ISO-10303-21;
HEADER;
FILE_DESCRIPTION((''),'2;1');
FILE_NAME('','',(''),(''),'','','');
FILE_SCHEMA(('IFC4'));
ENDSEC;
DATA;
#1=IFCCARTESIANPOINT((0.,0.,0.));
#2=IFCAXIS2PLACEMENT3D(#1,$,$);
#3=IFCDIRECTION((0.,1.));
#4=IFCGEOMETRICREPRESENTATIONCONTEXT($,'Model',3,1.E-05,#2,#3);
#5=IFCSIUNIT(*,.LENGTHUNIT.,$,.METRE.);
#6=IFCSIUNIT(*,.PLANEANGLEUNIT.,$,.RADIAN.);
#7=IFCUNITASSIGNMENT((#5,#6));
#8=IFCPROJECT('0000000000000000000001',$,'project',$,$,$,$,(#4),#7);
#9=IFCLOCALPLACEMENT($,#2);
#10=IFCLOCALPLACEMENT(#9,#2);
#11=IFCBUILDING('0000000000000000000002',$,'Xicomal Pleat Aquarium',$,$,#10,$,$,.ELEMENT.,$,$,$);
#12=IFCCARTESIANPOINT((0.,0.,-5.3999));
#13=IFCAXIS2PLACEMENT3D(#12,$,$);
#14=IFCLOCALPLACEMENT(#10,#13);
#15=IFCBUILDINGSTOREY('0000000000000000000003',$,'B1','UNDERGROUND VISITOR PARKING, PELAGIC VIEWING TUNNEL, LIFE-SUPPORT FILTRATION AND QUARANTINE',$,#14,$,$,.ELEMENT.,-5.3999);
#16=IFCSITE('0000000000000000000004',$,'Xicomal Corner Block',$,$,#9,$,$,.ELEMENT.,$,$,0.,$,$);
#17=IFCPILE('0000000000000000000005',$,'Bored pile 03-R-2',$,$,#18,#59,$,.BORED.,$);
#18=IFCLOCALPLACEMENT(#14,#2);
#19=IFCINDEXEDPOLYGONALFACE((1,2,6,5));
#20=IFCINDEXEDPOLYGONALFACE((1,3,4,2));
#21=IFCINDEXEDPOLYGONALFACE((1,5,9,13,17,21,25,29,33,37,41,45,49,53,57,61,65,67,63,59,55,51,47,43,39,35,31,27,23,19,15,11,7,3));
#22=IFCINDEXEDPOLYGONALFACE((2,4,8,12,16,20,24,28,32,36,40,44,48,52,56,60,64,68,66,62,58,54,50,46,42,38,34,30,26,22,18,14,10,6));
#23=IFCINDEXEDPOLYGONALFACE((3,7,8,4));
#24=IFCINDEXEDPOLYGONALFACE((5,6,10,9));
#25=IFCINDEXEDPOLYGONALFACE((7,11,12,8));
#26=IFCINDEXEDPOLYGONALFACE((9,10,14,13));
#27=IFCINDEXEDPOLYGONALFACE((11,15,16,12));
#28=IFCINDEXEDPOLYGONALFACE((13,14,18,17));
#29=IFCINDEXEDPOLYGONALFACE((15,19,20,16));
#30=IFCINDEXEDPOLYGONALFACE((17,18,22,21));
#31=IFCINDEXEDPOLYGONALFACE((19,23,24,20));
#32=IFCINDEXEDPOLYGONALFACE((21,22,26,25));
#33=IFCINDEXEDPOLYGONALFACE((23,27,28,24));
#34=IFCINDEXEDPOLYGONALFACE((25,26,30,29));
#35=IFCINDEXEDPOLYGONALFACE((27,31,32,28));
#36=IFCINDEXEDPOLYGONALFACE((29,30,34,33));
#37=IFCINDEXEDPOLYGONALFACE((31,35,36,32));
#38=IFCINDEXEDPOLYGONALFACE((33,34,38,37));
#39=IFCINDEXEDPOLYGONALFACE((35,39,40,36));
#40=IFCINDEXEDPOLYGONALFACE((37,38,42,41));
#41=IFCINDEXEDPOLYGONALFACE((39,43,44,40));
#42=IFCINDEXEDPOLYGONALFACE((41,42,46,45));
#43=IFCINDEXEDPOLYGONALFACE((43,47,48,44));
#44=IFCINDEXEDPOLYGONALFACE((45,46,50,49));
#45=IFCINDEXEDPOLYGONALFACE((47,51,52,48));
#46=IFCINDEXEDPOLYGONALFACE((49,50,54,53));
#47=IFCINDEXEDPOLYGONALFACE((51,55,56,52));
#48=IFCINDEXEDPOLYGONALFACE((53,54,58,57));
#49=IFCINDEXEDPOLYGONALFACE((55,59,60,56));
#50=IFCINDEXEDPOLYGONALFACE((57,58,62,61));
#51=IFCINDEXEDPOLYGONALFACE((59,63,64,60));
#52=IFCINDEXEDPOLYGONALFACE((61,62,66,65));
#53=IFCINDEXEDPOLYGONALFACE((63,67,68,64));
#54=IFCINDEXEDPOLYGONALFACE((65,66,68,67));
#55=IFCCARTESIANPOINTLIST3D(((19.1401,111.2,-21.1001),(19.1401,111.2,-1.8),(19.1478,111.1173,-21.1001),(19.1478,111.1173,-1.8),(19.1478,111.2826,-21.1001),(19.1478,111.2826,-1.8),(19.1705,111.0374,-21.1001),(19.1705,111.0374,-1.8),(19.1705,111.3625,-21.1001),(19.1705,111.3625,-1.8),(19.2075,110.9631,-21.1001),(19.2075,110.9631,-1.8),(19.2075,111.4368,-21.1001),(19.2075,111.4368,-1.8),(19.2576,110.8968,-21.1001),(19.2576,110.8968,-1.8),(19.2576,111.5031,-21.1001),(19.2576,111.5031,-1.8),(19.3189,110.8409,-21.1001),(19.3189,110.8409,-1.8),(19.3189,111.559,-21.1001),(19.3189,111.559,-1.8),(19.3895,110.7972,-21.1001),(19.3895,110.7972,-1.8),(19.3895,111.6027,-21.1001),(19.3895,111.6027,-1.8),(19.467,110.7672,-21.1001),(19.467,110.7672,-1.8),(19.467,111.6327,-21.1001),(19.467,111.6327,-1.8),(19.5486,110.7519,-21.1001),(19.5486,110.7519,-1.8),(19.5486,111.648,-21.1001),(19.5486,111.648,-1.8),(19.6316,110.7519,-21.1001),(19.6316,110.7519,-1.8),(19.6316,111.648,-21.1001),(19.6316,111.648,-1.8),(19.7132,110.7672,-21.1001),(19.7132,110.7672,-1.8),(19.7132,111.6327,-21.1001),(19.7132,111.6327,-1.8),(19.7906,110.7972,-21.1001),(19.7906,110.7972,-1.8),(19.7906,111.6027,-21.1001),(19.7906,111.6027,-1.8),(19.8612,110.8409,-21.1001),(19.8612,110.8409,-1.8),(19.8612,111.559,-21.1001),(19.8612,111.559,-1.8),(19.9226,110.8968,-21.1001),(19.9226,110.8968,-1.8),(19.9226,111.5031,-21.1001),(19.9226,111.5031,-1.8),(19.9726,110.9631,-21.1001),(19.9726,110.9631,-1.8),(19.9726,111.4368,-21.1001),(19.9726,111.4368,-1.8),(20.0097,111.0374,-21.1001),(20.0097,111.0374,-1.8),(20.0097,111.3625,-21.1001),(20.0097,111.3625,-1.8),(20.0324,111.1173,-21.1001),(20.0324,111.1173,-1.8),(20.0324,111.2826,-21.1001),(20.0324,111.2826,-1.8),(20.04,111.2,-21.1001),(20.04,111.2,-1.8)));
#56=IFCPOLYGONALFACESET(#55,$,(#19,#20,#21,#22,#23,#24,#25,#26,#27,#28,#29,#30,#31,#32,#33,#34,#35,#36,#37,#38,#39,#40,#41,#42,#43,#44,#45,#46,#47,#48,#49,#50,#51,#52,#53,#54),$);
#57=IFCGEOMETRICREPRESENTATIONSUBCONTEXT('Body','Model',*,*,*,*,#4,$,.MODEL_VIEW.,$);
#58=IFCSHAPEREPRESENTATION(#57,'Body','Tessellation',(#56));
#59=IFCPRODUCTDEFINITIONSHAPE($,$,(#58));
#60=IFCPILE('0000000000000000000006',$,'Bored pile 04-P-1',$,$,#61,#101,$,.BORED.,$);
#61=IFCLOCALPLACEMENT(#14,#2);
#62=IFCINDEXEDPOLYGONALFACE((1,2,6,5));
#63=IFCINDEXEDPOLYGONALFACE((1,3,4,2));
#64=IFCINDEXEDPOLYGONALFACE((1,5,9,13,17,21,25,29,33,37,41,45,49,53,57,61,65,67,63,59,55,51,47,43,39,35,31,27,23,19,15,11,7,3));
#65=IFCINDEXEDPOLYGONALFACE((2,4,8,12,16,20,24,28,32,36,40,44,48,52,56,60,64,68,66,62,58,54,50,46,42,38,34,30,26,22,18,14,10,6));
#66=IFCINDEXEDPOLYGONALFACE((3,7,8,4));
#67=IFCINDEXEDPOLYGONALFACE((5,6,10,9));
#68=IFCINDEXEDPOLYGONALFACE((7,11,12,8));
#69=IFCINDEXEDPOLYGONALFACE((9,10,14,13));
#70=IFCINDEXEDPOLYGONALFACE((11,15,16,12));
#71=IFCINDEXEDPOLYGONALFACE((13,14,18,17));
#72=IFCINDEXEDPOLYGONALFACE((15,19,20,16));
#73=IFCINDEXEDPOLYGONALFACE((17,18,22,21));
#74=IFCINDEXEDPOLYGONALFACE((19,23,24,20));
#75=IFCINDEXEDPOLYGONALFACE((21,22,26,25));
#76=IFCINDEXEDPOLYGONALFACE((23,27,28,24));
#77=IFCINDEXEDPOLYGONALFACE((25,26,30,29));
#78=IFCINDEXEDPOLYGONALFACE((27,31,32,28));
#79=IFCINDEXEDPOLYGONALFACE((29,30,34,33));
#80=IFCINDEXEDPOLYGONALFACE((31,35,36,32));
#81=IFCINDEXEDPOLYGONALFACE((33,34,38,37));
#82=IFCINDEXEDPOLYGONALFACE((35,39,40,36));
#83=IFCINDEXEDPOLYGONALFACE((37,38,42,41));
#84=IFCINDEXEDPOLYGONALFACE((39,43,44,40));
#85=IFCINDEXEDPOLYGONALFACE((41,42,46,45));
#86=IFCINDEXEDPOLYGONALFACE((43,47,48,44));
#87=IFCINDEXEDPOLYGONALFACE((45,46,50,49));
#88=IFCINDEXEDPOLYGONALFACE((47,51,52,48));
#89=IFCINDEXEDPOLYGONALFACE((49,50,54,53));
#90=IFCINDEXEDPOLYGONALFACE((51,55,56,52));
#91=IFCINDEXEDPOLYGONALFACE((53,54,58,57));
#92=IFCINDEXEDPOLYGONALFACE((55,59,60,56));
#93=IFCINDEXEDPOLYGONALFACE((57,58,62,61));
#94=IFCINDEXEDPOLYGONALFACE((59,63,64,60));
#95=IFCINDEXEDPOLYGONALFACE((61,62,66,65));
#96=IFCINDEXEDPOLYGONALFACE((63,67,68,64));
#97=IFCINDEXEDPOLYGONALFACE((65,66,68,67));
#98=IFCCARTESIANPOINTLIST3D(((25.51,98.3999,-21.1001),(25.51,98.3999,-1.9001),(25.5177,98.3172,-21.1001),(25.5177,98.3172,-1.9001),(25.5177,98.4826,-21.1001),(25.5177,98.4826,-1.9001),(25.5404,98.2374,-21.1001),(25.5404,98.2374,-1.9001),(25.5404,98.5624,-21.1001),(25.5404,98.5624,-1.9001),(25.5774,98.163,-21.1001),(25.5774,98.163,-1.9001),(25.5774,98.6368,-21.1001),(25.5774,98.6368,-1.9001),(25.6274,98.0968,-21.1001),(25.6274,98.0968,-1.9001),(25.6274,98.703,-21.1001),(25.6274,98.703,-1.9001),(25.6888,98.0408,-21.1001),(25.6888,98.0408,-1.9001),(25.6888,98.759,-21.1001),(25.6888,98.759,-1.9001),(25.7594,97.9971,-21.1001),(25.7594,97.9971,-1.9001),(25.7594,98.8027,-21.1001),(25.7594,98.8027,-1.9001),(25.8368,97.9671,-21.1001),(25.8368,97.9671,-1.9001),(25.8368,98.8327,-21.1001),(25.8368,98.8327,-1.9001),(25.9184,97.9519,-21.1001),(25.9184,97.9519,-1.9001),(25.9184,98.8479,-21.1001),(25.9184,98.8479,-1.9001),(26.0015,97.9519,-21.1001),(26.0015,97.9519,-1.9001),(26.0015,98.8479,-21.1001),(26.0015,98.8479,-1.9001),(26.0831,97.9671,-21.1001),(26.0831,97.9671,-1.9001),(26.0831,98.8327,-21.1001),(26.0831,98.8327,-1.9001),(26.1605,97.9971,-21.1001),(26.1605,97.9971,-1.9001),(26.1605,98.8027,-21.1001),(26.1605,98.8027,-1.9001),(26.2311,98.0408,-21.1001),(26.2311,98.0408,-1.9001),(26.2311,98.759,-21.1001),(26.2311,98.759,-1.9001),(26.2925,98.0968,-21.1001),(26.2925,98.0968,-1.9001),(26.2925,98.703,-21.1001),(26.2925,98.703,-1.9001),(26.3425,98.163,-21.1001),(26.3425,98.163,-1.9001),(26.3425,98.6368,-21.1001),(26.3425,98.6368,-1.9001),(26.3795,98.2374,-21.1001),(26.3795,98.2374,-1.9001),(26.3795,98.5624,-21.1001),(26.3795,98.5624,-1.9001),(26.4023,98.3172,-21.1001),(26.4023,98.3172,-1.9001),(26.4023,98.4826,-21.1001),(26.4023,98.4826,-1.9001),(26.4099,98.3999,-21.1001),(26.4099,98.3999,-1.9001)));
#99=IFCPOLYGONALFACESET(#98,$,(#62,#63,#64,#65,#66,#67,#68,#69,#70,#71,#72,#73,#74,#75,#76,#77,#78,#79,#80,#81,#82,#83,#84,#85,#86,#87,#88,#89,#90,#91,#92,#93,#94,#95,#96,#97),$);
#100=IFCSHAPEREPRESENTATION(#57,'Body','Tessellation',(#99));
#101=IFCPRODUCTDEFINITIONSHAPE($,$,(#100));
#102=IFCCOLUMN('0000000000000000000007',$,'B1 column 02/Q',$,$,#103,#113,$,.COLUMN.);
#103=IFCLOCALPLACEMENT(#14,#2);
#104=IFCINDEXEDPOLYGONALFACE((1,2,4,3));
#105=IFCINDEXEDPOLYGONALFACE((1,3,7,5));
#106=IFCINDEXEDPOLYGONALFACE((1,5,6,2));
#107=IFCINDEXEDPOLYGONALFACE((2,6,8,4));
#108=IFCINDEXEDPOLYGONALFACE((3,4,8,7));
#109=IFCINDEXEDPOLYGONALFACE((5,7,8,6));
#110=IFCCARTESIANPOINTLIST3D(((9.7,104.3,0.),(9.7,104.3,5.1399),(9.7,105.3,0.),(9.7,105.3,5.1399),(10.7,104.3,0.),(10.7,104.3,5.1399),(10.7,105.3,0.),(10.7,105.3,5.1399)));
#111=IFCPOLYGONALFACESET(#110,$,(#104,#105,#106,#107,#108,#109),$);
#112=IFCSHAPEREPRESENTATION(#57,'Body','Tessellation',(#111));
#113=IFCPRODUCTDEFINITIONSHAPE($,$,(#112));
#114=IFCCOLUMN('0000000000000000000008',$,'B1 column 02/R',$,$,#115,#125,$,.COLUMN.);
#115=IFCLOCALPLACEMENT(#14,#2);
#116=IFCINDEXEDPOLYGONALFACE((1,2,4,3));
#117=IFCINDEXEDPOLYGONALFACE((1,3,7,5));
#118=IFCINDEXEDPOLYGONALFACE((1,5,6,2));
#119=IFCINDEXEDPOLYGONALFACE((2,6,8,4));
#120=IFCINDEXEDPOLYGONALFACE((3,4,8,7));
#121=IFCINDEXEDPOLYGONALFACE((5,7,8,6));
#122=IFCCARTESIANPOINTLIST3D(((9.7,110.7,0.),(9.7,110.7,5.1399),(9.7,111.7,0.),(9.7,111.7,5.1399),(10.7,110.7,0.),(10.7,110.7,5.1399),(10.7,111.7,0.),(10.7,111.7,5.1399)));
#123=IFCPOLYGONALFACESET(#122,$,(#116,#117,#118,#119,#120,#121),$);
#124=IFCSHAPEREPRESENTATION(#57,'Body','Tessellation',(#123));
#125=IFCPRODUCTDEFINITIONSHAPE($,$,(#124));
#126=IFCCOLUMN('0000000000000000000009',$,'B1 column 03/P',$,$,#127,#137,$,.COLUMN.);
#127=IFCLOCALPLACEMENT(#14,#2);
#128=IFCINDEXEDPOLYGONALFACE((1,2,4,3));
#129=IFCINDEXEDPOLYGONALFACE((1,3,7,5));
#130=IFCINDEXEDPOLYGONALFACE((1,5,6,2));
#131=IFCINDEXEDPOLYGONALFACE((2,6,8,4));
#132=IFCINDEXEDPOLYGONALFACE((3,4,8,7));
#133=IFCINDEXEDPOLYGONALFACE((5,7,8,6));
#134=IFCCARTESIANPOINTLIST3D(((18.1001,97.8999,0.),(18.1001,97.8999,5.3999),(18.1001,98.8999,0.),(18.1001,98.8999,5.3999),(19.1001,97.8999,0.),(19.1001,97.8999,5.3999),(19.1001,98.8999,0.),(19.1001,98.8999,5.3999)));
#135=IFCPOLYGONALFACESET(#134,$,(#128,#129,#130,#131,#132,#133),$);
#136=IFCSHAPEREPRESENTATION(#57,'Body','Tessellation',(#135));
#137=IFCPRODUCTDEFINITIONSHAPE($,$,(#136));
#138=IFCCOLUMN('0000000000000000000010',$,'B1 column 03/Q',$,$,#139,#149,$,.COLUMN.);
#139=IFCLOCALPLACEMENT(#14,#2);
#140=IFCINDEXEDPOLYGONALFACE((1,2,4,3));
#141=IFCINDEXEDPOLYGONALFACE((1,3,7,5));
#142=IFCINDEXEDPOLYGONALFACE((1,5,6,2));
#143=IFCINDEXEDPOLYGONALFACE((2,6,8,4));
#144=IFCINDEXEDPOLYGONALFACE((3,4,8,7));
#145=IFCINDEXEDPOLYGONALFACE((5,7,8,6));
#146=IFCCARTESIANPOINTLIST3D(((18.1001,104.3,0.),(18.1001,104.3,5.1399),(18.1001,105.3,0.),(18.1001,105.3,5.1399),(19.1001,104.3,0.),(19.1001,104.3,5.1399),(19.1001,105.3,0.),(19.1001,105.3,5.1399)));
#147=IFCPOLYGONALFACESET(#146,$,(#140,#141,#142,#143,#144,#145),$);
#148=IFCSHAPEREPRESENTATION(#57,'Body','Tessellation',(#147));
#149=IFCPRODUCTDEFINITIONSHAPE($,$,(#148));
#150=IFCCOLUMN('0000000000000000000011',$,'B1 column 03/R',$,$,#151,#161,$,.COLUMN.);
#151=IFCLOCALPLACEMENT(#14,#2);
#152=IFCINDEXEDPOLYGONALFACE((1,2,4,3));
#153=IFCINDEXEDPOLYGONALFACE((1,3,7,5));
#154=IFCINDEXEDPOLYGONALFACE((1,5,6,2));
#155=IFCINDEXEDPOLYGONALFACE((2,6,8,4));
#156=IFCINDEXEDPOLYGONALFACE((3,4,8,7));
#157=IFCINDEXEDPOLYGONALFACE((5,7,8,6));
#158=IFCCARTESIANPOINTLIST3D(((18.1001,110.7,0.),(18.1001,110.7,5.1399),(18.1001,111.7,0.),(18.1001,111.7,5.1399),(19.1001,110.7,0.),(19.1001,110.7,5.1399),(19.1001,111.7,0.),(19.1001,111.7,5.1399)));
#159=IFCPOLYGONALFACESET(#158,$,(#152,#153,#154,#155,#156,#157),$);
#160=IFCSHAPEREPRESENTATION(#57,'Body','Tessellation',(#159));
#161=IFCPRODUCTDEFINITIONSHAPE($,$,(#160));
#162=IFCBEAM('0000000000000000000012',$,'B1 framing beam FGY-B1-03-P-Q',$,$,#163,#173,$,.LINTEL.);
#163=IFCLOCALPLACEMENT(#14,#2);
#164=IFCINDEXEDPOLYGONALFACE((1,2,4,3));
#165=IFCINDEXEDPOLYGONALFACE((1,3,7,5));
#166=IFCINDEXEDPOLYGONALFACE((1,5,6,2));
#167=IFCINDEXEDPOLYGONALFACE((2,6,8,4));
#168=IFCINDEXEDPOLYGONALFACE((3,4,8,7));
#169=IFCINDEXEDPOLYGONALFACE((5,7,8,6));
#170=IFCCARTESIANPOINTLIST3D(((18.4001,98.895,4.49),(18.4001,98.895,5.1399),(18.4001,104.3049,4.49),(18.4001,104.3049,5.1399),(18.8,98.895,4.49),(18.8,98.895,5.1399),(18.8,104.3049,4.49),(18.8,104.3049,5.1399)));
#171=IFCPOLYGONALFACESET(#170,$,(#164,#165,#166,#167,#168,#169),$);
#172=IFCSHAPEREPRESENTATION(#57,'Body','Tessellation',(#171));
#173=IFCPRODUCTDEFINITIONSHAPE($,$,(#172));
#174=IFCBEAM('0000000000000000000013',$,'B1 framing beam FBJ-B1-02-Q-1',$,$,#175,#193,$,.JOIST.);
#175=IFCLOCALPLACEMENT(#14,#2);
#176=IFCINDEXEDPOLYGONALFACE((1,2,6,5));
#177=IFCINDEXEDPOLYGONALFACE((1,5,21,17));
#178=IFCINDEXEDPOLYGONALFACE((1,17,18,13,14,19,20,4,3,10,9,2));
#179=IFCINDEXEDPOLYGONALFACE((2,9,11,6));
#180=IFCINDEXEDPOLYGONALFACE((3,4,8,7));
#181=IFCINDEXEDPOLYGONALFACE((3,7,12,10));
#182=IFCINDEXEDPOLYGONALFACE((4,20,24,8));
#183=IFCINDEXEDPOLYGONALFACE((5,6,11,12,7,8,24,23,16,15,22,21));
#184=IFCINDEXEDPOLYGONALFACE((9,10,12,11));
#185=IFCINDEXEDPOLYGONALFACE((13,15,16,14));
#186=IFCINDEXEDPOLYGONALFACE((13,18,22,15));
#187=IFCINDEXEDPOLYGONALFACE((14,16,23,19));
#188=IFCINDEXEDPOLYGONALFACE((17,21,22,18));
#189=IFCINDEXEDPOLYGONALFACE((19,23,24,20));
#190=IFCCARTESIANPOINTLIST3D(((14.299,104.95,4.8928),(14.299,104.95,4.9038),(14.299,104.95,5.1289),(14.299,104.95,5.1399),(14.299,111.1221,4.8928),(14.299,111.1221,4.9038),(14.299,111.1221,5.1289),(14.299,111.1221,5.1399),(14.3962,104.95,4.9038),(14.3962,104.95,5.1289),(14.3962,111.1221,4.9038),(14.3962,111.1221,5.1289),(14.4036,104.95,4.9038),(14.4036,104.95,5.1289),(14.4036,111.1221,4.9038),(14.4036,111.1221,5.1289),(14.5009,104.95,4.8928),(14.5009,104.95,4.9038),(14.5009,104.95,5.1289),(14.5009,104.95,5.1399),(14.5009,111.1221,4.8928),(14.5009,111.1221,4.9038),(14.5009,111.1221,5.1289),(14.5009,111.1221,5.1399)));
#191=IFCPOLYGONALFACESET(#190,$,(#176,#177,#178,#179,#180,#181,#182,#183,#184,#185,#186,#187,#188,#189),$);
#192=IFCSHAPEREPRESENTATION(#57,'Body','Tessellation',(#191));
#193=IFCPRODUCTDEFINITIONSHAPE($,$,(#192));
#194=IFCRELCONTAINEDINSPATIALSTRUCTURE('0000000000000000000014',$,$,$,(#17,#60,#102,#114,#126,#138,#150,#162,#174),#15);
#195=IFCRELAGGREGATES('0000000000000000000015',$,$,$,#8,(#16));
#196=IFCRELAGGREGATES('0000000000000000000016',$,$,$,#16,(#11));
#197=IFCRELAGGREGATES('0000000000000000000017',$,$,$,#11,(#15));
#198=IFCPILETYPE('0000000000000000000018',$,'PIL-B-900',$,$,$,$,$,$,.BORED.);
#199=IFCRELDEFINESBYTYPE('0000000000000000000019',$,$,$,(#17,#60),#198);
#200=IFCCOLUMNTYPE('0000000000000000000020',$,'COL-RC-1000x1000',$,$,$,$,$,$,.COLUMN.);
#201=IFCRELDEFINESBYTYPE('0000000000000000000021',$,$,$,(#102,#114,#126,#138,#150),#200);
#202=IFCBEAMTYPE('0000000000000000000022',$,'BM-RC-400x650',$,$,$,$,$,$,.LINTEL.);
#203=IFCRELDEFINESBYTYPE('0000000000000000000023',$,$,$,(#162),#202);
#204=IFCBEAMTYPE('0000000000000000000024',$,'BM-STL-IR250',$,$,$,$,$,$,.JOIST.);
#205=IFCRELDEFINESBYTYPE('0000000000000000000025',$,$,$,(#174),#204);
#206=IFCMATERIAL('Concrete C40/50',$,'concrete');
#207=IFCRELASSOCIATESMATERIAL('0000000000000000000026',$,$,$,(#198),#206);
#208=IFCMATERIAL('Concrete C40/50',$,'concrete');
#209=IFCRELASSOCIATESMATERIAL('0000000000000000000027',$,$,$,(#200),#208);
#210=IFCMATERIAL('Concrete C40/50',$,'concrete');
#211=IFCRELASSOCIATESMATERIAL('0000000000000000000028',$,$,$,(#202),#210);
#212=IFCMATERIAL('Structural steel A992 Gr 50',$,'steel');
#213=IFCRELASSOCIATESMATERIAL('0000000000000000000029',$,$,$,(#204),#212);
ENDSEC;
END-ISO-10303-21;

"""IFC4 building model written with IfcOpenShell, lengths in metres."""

from ifc_helpers import new_model, si_unit, direction, frame, origin, origin_2d, place, context, subcontext, project, spatial, rectangle, circle, i_section, extrude, material, material_profile, profile_set, type_object, element, save


model = new_model("IFC4")

# Units and contexts
model_context = context("Model", 3, precision=1e-05, world=origin(), true_north=direction((0.0, 1.0)))
body_context = subcontext(model_context, "Body", "Model", "MODEL_VIEW")
ifc_project = project(units=[si_unit("LENGTHUNIT", "METRE"), si_unit("PLANEANGLEUNIT", "RADIAN")], contexts=[model_context])

# Site, building, storey
site_placement = place(None, origin())
site = spatial("IfcSite", under=ifc_project, at=site_placement, Name="Xicomal Corner Block", CompositionType="ELEMENT", RefElevation=0.0)
building_placement = place(site_placement, origin())
building = spatial("IfcBuilding", under=site, at=building_placement, Name="Xicomal Pleat Aquarium", CompositionType="ELEMENT")
storey_placement = place(building_placement, frame((0.0, 0.0, -5.3999)))
storey = spatial("IfcBuildingStorey", under=building, at=storey_placement, Name="B1", Description="UNDERGROUND VISITOR PARKING, PELAGIC VIEWING TUNNEL, LIFE-SUPPORT FILTRATION AND QUARANTINE", CompositionType="ELEMENT", Elevation=-5.3999)

# Piles
ifc_material_1 = material(Name="Concrete C40/50", Category="concrete")
ifc_material_profile_1 = material_profile(ifc_material_1, circle(Radius=0.45, at=origin_2d()), Name="BORED PILE D900")
ifc_profile_set_1 = profile_set([ifc_material_profile_1], Name="Concrete C40/50")
pile_type_1 = type_object("IfcPileType", Name="PIL-B-900", PredefinedType="BORED", material=ifc_profile_set_1)
for number, where, z_axis, x_axis, name in (
    (1, (19.5901, 111.2, -1.8), (0.0, 0.0, -1.0), (1.0, 0.0, 0.0), "Bored pile 03-R-2"),
):
    element("IfcPile", number, at=place(storey_placement, frame(where, z_axis=z_axis, x_axis=x_axis)), inside=storey, type_object=pile_type_1, Name=name, PredefinedType="BORED", context=body_context, shape_type="SweptSolid", body=[
        extrude(circle(Radius=0.45, at=origin_2d()), origin(), (0.0, 0.0, 1.0), 19.3),
    ])
pile_1_placement = place(storey_placement, frame((25.96, 98.3999, -1.9001), z_axis=(0.0, 0.0, -1.0), x_axis=(1.0, 0.0, 0.0)))
element("IfcPile", 2, at=pile_1_placement, inside=storey, type_object=pile_type_1, Name="Bored pile 04-P-1", PredefinedType="BORED", context=body_context, shape_type="SweptSolid", body=[
    extrude(circle(Radius=0.45, at=origin_2d()), origin(), (0.0, 0.0, 1.0), 19.2),
])

# Columns
ifc_material_2 = material(Name="Concrete C40/50", Category="concrete")
ifc_material_profile_2 = material_profile(ifc_material_2, rectangle(XDim=1.0, YDim=1.0, at=origin_2d()), Name="RC 1000x1000")
ifc_profile_set_2 = profile_set([ifc_material_profile_2], Name="Concrete C40/50")
column_type = type_object("IfcColumnType", Name="COL-RC-1000x1000", PredefinedType="COLUMN", material=ifc_profile_set_2)
for number, where, z_axis, x_axis, name in (
    (3, (10.2, 104.8, 0.0), (0.0, 0.0, 1.0), (1.0, 0.0, 0.0), "B1 column 02/Q"),
    (4, (10.2, 111.2, 0.0), (0.0, 0.0, 1.0), (1.0, 0.0, 0.0), "B1 column 02/R"),
):
    element("IfcColumn", number, at=place(storey_placement, frame(where, z_axis=z_axis, x_axis=x_axis)), inside=storey, type_object=column_type, Name=name, PredefinedType="COLUMN", context=body_context, shape_type="SweptSolid", body=[
        extrude(rectangle(XDim=1.0, YDim=1.0, at=origin_2d()), origin(), (0.0, 0.0, 1.0), 5.1399),
    ])
column_placement = place(storey_placement, frame((18.6001, 98.3999, 0.0), z_axis=(0.0, 0.0, 1.0), x_axis=(1.0, 0.0, 0.0)))
element("IfcColumn", 5, at=column_placement, inside=storey, type_object=column_type, Name="B1 column 03/P", PredefinedType="COLUMN", context=body_context, shape_type="SweptSolid", body=[
    extrude(rectangle(XDim=1.0, YDim=1.0, at=origin_2d()), origin(), (0.0, 0.0, 1.0), 5.3999),
])
for number, where, z_axis, x_axis, name in (
    (6, (18.6001, 104.8, 0.0), (0.0, 0.0, 1.0), (1.0, 0.0, 0.0), "B1 column 03/Q"),
    (7, (18.6001, 111.2, 0.0), (0.0, 0.0, 1.0), (1.0, 0.0, 0.0), "B1 column 03/R"),
):
    element("IfcColumn", number, at=place(storey_placement, frame(where, z_axis=z_axis, x_axis=x_axis)), inside=storey, type_object=column_type, Name=name, PredefinedType="COLUMN", context=body_context, shape_type="SweptSolid", body=[
        extrude(rectangle(XDim=1.0, YDim=1.0, at=origin_2d()), origin(), (0.0, 0.0, 1.0), 5.1399),
    ])

# Beams
ifc_material_3 = material(Name="Concrete C40/50", Category="concrete")
ifc_material_profile_3 = material_profile(ifc_material_3, rectangle(XDim=0.3999, YDim=0.6499, at=origin_2d()), Name="RC 400x650")
ifc_profile_set_3 = profile_set([ifc_material_profile_3], Name="Concrete C40/50")
beam_type_1 = type_object("IfcBeamType", Name="BM-RC-400x650", PredefinedType="LINTEL", material=ifc_profile_set_3)
beam_1_placement = place(storey_placement, frame((18.6001, 98.895, 4.8149), z_axis=(0.0, 1.0, 0.0), x_axis=(-1.0, 0.0, 0.0)))
element("IfcBeam", 8, at=beam_1_placement, inside=storey, type_object=beam_type_1, Name="B1 framing beam FGY-B1-03-P-Q", PredefinedType="LINTEL", context=body_context, shape_type="SweptSolid", body=[
    extrude(rectangle(XDim=0.3999, YDim=0.6499, at=origin_2d()), origin(), (0.0, 0.0, 1.0), 5.4099),
])
ifc_material_4 = material(Name="Structural steel A992 Gr 50", Category="steel")
ifc_material_profile_4 = material_profile(ifc_material_4, i_section(OverallWidth=0.2019, OverallDepth=0.2471, WebThickness=0.0073, FlangeThickness=0.011, at=origin_2d()), Name="IR 250x49")
ifc_profile_set_4 = profile_set([ifc_material_profile_4], Name="Structural steel A992 Gr 50")
beam_type_2 = type_object("IfcBeamType", Name="BM-STL-IR250", PredefinedType="JOIST", material=ifc_profile_set_4)
beam_2_placement = place(storey_placement, frame((14.3999, 104.95, 5.0164), z_axis=(0.0, 1.0, 0.0), x_axis=(-1.0, 0.0, 0.0)))
element("IfcBeam", 9, at=beam_2_placement, inside=storey, type_object=beam_type_2, Name="B1 framing beam FBJ-B1-02-Q-1", PredefinedType="JOIST", context=body_context, shape_type="SweptSolid", body=[
    extrude(i_section(OverallWidth=0.2019, OverallDepth=0.2471, WebThickness=0.0073, FlangeThickness=0.011, at=origin_2d()), origin(), (0.0, 0.0, 1.0), 6.1721),
])

save(model, "model.ifc")
